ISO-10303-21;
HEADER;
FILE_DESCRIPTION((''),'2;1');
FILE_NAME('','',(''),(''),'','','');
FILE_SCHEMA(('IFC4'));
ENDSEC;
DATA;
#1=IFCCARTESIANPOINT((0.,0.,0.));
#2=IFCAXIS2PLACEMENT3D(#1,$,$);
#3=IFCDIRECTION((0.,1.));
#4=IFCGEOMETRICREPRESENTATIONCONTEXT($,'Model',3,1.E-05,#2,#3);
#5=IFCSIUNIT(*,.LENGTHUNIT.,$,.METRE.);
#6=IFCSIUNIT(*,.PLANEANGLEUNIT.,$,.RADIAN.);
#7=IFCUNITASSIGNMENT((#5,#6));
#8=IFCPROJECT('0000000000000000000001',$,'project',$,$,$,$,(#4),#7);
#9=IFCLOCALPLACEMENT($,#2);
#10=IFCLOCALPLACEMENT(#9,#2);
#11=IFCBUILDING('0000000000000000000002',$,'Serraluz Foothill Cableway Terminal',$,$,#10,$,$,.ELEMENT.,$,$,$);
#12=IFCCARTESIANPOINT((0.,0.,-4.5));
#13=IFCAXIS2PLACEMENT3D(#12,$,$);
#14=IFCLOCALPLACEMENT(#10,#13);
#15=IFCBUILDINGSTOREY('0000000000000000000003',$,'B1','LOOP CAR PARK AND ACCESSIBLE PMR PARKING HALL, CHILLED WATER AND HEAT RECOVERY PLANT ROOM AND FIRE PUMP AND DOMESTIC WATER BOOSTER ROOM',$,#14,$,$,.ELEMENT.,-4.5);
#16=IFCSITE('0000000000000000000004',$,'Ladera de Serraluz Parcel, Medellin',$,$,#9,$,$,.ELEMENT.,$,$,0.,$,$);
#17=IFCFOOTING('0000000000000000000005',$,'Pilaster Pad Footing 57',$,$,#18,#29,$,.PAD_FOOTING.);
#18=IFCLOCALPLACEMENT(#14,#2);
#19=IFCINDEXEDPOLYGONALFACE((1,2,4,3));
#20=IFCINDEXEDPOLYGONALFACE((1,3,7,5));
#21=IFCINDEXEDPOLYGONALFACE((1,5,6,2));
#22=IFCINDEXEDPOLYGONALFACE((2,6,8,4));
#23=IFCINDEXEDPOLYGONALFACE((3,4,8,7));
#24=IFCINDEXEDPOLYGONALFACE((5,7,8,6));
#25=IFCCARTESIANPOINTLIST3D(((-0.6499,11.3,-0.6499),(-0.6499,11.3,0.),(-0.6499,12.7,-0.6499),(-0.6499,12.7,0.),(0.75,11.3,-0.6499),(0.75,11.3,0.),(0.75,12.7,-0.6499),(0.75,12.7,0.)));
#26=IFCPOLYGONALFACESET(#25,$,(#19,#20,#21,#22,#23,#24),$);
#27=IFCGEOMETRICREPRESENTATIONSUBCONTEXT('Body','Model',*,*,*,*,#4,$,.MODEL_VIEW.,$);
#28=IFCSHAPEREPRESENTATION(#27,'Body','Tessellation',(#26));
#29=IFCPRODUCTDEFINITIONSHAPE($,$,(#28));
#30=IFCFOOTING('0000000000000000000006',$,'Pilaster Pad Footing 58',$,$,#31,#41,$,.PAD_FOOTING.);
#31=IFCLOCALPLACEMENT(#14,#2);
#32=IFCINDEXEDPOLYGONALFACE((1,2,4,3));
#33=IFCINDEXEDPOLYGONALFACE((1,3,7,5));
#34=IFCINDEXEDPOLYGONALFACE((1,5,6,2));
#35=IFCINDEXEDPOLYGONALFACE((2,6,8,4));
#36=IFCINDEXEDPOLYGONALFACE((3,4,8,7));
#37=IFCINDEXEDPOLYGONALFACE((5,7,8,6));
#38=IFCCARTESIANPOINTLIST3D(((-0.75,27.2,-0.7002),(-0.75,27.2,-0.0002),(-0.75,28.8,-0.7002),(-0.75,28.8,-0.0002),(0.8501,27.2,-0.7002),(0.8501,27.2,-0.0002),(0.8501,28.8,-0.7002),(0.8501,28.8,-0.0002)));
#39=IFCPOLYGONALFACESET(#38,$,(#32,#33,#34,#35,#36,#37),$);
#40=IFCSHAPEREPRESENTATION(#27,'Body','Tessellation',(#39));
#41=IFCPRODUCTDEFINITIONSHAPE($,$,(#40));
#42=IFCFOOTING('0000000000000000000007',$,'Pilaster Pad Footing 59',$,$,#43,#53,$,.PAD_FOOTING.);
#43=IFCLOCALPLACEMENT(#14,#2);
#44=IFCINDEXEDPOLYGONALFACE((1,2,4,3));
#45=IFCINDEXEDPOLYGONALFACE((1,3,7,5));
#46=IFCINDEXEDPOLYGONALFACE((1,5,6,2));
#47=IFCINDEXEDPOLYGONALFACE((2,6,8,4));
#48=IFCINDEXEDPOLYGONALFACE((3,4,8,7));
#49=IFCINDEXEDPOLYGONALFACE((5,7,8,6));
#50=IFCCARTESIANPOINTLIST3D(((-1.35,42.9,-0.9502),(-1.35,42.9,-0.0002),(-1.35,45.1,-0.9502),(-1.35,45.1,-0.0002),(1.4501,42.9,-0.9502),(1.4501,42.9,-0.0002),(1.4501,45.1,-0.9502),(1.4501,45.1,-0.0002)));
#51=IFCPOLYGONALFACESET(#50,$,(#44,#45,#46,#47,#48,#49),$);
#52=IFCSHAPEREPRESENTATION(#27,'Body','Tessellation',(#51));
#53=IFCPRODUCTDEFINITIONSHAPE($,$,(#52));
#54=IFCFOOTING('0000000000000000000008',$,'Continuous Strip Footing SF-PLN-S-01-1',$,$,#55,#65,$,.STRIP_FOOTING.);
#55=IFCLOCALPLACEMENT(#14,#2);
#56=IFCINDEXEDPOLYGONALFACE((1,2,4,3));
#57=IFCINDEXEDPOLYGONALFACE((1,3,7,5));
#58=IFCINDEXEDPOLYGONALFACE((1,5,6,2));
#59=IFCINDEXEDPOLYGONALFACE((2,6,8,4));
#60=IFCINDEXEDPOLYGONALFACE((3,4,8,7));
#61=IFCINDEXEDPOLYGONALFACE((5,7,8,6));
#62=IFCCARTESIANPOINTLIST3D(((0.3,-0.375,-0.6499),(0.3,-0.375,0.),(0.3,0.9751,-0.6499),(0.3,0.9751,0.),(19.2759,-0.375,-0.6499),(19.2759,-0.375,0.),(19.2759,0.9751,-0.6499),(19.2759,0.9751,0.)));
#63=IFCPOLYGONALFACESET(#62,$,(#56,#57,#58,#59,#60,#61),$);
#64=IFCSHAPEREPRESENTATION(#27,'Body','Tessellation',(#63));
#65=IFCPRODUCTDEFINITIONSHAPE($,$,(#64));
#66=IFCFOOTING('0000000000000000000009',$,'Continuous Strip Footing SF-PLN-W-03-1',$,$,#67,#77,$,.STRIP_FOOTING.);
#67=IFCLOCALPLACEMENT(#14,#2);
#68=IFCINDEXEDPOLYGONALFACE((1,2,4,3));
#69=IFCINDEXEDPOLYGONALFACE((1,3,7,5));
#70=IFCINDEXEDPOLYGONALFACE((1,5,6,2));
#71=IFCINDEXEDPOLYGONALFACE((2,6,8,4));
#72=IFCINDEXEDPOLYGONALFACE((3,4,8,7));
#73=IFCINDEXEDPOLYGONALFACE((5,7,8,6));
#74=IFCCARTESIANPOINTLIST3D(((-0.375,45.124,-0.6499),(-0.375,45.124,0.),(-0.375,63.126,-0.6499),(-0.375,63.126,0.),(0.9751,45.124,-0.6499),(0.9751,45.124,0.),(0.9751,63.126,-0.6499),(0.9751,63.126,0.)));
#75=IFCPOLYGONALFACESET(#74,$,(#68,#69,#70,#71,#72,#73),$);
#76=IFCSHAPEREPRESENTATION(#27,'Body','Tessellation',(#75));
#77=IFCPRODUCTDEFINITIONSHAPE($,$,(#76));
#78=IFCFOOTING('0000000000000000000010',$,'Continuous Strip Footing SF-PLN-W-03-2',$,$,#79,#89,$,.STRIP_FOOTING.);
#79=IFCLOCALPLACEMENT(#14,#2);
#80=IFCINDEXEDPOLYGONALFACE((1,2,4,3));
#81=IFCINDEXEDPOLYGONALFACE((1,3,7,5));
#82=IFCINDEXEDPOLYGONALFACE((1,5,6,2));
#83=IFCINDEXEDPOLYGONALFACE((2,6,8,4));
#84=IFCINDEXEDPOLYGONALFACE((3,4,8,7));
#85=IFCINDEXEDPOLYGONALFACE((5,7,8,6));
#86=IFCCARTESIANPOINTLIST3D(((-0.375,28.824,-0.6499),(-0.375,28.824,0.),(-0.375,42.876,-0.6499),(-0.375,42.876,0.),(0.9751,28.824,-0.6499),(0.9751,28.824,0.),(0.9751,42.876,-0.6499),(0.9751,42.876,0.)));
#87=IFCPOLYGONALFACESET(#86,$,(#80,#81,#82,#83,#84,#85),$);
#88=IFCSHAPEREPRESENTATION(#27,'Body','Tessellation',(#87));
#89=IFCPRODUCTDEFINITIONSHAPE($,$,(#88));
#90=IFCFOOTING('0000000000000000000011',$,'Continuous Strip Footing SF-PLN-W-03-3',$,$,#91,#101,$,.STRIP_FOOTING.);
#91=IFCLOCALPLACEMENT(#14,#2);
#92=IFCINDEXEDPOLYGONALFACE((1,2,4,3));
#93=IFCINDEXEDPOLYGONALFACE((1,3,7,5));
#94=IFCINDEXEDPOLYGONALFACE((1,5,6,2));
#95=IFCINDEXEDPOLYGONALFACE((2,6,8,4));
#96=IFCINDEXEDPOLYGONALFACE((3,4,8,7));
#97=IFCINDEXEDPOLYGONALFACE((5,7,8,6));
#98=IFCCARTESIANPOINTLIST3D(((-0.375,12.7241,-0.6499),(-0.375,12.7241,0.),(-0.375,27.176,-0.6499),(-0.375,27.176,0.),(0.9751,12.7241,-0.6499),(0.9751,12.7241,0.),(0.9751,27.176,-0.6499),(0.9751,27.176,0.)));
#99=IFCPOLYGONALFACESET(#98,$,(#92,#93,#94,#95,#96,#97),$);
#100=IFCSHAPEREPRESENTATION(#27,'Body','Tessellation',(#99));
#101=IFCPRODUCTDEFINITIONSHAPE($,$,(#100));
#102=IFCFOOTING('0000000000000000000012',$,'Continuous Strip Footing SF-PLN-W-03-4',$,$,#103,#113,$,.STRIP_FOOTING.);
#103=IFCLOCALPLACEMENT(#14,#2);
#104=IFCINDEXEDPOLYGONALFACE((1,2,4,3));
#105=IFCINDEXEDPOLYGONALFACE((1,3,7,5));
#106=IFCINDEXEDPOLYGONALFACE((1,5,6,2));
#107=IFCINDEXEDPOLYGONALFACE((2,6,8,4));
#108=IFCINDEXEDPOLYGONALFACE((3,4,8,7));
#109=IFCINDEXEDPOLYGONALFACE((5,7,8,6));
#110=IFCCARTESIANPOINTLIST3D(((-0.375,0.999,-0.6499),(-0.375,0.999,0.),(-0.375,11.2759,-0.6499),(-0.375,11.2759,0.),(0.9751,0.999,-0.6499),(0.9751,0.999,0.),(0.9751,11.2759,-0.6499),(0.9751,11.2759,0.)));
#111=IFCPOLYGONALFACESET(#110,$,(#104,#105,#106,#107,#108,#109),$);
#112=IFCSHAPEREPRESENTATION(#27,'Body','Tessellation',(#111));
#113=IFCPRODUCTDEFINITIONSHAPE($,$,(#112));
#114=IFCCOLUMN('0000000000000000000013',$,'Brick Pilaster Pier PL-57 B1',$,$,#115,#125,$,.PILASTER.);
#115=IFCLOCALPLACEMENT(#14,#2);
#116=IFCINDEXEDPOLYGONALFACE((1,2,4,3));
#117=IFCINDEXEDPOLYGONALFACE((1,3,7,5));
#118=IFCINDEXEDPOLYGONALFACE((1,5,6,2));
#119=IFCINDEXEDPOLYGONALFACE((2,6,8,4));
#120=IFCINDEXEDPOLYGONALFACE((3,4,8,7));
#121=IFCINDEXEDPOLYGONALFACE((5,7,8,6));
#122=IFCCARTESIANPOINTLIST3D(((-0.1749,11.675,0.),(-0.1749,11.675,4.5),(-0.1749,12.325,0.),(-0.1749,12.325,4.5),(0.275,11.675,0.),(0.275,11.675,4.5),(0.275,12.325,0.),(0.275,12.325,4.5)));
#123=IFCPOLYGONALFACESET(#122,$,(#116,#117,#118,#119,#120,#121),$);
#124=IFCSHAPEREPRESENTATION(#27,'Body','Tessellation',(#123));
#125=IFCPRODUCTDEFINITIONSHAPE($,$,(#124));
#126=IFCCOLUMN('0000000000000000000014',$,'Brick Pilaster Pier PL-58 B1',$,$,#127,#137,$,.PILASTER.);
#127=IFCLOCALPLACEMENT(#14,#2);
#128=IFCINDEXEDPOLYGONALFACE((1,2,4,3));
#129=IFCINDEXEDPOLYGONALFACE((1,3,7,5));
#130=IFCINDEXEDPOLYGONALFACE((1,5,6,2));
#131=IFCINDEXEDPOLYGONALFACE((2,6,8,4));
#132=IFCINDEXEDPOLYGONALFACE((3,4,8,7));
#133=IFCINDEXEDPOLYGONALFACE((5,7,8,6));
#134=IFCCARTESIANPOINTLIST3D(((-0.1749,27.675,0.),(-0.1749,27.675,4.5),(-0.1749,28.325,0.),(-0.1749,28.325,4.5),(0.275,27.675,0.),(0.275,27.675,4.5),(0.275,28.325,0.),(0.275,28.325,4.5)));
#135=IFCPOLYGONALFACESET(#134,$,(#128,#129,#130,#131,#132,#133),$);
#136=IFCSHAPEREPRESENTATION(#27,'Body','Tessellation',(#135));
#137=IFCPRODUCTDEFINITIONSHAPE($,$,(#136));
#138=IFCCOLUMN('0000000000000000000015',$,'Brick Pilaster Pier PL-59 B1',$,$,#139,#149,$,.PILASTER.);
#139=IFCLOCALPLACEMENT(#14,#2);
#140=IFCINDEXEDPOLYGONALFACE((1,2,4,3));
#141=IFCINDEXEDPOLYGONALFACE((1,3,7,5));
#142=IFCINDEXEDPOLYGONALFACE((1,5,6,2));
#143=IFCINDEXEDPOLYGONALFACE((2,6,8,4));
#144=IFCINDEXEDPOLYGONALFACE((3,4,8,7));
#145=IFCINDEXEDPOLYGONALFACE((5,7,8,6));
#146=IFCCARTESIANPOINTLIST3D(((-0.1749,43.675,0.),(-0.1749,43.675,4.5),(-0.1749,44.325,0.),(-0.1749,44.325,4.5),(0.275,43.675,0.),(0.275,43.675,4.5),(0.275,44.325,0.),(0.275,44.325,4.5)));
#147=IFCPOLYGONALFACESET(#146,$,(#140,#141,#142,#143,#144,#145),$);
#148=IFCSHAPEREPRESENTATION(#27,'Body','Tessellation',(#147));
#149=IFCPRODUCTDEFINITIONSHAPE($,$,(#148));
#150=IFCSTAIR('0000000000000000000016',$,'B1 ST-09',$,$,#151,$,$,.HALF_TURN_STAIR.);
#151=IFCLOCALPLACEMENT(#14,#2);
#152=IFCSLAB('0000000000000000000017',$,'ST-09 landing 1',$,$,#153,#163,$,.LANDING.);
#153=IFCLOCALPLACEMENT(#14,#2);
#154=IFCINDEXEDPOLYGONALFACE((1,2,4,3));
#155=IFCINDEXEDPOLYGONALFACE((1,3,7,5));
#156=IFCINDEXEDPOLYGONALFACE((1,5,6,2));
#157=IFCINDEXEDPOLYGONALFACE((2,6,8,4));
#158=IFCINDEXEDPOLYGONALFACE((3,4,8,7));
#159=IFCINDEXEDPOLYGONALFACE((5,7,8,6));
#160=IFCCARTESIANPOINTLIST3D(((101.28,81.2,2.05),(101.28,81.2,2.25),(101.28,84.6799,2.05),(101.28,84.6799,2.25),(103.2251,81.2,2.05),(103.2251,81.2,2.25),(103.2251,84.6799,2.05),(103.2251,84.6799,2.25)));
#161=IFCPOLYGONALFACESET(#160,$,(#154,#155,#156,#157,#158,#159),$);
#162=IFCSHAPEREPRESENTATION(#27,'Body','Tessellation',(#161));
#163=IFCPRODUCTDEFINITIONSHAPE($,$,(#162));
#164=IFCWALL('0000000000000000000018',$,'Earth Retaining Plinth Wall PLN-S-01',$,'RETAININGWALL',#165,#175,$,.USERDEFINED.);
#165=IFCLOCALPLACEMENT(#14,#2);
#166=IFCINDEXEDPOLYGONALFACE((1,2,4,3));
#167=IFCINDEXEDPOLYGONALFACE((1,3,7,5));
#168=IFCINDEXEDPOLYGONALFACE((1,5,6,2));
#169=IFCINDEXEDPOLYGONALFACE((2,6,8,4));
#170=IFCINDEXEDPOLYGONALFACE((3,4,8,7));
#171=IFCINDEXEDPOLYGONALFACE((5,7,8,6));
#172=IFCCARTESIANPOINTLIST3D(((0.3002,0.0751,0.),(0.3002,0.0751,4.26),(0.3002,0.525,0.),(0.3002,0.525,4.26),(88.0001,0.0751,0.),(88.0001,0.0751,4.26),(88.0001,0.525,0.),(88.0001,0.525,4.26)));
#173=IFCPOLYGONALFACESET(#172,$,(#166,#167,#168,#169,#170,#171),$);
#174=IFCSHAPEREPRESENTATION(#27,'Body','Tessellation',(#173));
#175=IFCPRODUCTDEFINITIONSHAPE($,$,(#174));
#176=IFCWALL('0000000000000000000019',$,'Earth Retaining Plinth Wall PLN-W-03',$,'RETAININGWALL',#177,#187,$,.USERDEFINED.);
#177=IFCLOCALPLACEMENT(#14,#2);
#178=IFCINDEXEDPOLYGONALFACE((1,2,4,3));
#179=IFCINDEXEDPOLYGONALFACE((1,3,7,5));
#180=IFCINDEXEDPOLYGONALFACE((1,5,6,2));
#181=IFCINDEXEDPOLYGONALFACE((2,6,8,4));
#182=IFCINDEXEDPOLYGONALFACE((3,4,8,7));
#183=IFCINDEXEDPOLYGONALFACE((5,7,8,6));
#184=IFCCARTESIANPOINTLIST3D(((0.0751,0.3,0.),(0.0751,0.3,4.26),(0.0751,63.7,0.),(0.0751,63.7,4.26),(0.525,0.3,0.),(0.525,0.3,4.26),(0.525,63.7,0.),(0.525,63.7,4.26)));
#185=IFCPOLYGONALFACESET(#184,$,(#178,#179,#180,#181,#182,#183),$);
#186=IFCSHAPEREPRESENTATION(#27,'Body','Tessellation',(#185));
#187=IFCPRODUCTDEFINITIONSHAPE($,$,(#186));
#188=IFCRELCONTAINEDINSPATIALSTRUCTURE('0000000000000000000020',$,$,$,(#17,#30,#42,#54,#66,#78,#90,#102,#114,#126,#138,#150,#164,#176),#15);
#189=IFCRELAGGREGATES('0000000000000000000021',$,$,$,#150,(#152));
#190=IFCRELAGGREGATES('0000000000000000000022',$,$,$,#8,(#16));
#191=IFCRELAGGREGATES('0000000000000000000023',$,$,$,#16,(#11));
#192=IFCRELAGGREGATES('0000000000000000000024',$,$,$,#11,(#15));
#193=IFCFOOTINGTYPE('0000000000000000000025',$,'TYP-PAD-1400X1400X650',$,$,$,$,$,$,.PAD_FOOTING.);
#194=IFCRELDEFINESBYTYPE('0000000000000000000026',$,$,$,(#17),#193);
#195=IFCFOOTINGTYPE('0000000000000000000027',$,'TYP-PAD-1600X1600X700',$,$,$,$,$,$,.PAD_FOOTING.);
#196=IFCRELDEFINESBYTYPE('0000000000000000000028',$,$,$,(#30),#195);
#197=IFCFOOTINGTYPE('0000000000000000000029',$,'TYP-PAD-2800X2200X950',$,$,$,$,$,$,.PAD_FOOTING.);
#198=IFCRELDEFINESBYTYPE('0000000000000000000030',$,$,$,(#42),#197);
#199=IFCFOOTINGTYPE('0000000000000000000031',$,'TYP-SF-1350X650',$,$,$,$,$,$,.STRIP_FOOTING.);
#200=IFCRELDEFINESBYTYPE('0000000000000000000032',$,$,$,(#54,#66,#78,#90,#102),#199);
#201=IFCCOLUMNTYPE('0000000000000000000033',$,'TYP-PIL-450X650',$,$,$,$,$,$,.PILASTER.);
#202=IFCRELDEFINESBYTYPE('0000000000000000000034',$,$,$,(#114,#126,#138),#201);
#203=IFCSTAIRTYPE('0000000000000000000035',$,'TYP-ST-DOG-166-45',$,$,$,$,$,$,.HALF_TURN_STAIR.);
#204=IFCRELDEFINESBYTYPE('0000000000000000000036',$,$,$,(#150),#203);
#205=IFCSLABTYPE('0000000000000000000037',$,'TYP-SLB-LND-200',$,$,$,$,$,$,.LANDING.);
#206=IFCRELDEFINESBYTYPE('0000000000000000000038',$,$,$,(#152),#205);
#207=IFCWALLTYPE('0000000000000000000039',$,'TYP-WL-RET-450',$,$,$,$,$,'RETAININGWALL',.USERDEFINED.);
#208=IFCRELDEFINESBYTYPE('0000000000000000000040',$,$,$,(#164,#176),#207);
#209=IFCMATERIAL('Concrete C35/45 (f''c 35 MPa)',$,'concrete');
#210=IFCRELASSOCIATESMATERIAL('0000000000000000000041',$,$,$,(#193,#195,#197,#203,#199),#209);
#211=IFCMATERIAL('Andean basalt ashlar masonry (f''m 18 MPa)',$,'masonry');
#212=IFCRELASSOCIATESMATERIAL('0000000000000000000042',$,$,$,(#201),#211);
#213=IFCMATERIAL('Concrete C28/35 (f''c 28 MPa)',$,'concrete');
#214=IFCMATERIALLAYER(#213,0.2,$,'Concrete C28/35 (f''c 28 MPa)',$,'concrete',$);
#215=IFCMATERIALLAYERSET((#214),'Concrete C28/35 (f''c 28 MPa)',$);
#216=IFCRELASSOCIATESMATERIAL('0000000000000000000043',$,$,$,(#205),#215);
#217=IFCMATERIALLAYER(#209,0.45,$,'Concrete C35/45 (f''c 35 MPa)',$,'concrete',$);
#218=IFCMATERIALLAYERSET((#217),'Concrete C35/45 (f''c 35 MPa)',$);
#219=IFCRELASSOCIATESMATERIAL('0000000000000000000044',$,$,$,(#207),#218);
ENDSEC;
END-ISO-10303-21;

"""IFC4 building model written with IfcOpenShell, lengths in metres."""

from ifc_helpers import new_model, si_unit, direction, frame, frame_2d, origin, origin_2d, place, context, subcontext, project, spatial, polyline, rectangle, outline, extrude, material, layer, layer_set, material_profile, profile_set, type_object, element, aggregate, save


model = new_model("IFC4")

# Units and contexts
model_context = context("Model", 3, precision=1e-05, world=origin(), true_north=direction((0.0, 1.0)))
body_context = subcontext(model_context, "Body", "Model", "MODEL_VIEW")
ifc_project = project(units=[si_unit("LENGTHUNIT", "METRE"), si_unit("PLANEANGLEUNIT", "RADIAN")], contexts=[model_context])

# Site, building, storey
site_placement = place(None, origin())
site = spatial("IfcSite", under=ifc_project, at=site_placement, Name="Ladera de Serraluz Parcel, Medellin", CompositionType="ELEMENT", RefElevation=0.0)
building_placement = place(site_placement, origin())
building = spatial("IfcBuilding", under=site, at=building_placement, Name="Serraluz Foothill Cableway Terminal", CompositionType="ELEMENT")
storey_placement = place(building_placement, frame((0.0, 0.0, -4.5)))
storey = spatial("IfcBuildingStorey", under=building, at=storey_placement, Name="B1", Description="LOOP CAR PARK AND ACCESSIBLE PMR PARKING HALL, CHILLED WATER AND HEAT RECOVERY PLANT ROOM AND FIRE PUMP AND DOMESTIC WATER BOOSTER ROOM", CompositionType="ELEMENT", Elevation=-4.5)

# Footings
ifc_material_1 = material(Name="Concrete C35/45 (f'c 35 MPa)", Category="concrete")
footing_type_1 = type_object("IfcFootingType", Name="TYP-PAD-1400X1400X650", PredefinedType="PAD_FOOTING", material=ifc_material_1)
footing_1_placement = place(storey_placement, frame((0.05, 12.0, -0.6499), z_axis=(0.0, 0.0, 1.0), x_axis=(1.0, 0.0, 0.0)))
element("IfcFooting", 1, at=footing_1_placement, inside=storey, type_object=footing_type_1, Name="Pilaster Pad Footing 57", PredefinedType="PAD_FOOTING", context=body_context, shape_type="SweptSolid", body=[
    extrude(rectangle(XDim=1.3999, YDim=1.3999, at=origin_2d()), origin(), (0.0, 0.0, 1.0), 0.6499),
])
footing_type_2 = type_object("IfcFootingType", Name="TYP-PAD-1600X1600X700", PredefinedType="PAD_FOOTING", material=ifc_material_1)
footing_2_placement = place(storey_placement, frame((0.05, 28.0, -0.7002), z_axis=(0.0, 0.0, 1.0), x_axis=(1.0, 0.0, 0.0)))
element("IfcFooting", 2, at=footing_2_placement, inside=storey, type_object=footing_type_2, Name="Pilaster Pad Footing 58", PredefinedType="PAD_FOOTING", context=body_context, shape_type="SweptSolid", body=[
    extrude(rectangle(XDim=1.6001, YDim=1.6001, at=origin_2d()), origin(), (0.0, 0.0, 1.0), 0.7),
])
footing_type_3 = type_object("IfcFootingType", Name="TYP-PAD-2800X2200X950", PredefinedType="PAD_FOOTING", material=ifc_material_1)
footing_3_placement = place(storey_placement, frame((0.05, 44.0, -0.9502), z_axis=(0.0, 0.0, 1.0), x_axis=(1.0, 0.0, 0.0)))
element("IfcFooting", 3, at=footing_3_placement, inside=storey, type_object=footing_type_3, Name="Pilaster Pad Footing 59", PredefinedType="PAD_FOOTING", context=body_context, shape_type="SweptSolid", body=[
    extrude(rectangle(XDim=2.8, YDim=2.2, at=origin_2d()), origin(), (0.0, 0.0, 1.0), 0.95),
])
ifc_material_profile_1 = material_profile(ifc_material_1, rectangle(XDim=1.3501, YDim=0.6499, at=origin_2d()), Name="SF 1350x650")
ifc_profile_set_1 = profile_set([ifc_material_profile_1], Name="Concrete C35/45 (f'c 35 MPa)")
footing_type_4 = type_object("IfcFootingType", Name="TYP-SF-1350X650", PredefinedType="STRIP_FOOTING", material=ifc_profile_set_1)
footing_4_placement = place(storey_placement, frame((0.3, 0.3, -0.325), z_axis=(1.0, 0.0, 0.0), x_axis=(0.0, 1.0, 0.0)))
element("IfcFooting", 4, at=footing_4_placement, inside=storey, type_object=footing_type_4, Name="Continuous Strip Footing SF-PLN-S-01-1", PredefinedType="STRIP_FOOTING", context=body_context, shape_type="SweptSolid", body=[
    extrude(rectangle(XDim=1.3501, YDim=0.6499, at=origin_2d()), origin(), (0.0, 0.0, 1.0), 18.9758),
])
footing_5_placement = place(storey_placement, frame((0.3, 63.126, -0.325), z_axis=(0.0, -1.0, 0.0), x_axis=(1.0, 0.0, 0.0)))
element("IfcFooting", 5, at=footing_5_placement, inside=storey, type_object=footing_type_4, Name="Continuous Strip Footing SF-PLN-W-03-1", PredefinedType="STRIP_FOOTING", context=body_context, shape_type="SweptSolid", body=[
    extrude(rectangle(XDim=1.3501, YDim=0.6499, at=origin_2d()), origin(), (0.0, 0.0, 1.0), 18.002),
])
footing_6_placement = place(storey_placement, frame((0.3, 42.876, -0.325), z_axis=(0.0, -1.0, 0.0), x_axis=(1.0, 0.0, 0.0)))
element("IfcFooting", 6, at=footing_6_placement, inside=storey, type_object=footing_type_4, Name="Continuous Strip Footing SF-PLN-W-03-2", PredefinedType="STRIP_FOOTING", context=body_context, shape_type="SweptSolid", body=[
    extrude(rectangle(XDim=1.3501, YDim=0.6499, at=origin_2d()), origin(), (0.0, 0.0, 1.0), 14.052),
])
footing_7_placement = place(storey_placement, frame((0.3, 27.176, -0.325), z_axis=(0.0, -1.0, 0.0), x_axis=(1.0, 0.0, 0.0)))
element("IfcFooting", 7, at=footing_7_placement, inside=storey, type_object=footing_type_4, Name="Continuous Strip Footing SF-PLN-W-03-3", PredefinedType="STRIP_FOOTING", context=body_context, shape_type="SweptSolid", body=[
    extrude(rectangle(XDim=1.3501, YDim=0.6499, at=origin_2d()), origin(), (0.0, 0.0, 1.0), 14.4519),
])
footing_8_placement = place(storey_placement, frame((0.3, 11.2759, -0.325), z_axis=(0.0, -1.0, 0.0), x_axis=(1.0, 0.0, 0.0)))
element("IfcFooting", 8, at=footing_8_placement, inside=storey, type_object=footing_type_4, Name="Continuous Strip Footing SF-PLN-W-03-4", PredefinedType="STRIP_FOOTING", context=body_context, shape_type="SweptSolid", body=[
    extrude(rectangle(XDim=1.3501, YDim=0.6499, at=origin_2d()), origin(), (0.0, 0.0, 1.0), 10.2769),
])

# Columns
ifc_material_2 = material(Name="Andean basalt ashlar masonry (f'm 18 MPa)", Category="masonry")
ifc_material_profile_2 = material_profile(ifc_material_2, rectangle(XDim=0.45, YDim=0.6499, at=origin_2d()), Name="PIL 450x650")
ifc_profile_set_2 = profile_set([ifc_material_profile_2], Name="Andean basalt ashlar masonry (f'm 18 MPa)")
column_type = type_object("IfcColumnType", Name="TYP-PIL-450X650", PredefinedType="PILASTER", material=ifc_profile_set_2)
for number, where, z_axis, x_axis, name in (
    (9, (0.05, 12.0, 0.0), (0.0, 0.0, 1.0), (1.0, 0.0, 0.0), "Brick Pilaster Pier PL-57 B1"),
    (10, (0.05, 28.0, 0.0), (0.0, 0.0, 1.0), (1.0, 0.0, 0.0), "Brick Pilaster Pier PL-58 B1"),
    (11, (0.05, 44.0, 0.0), (0.0, 0.0, 1.0), (1.0, 0.0, 0.0), "Brick Pilaster Pier PL-59 B1"),
):
    element("IfcColumn", number, at=place(storey_placement, frame(where, z_axis=z_axis, x_axis=x_axis)), inside=storey, type_object=column_type, Name=name, PredefinedType="PILASTER", context=body_context, shape_type="SweptSolid", body=[
        extrude(rectangle(XDim=0.45, YDim=0.6499, at=origin_2d()), origin(), (0.0, 0.0, 1.0), 4.5),
    ])

# Stair, slab
stair_type = type_object("IfcStairType", Name="TYP-ST-DOG-166-45", PredefinedType="HALF_TURN_STAIR", material=ifc_material_1)
stair_placement = place(storey_placement, origin())
stair = element("IfcStair", 12, at=stair_placement, inside=storey, type_object=stair_type, Name="B1 ST-09", PredefinedType="HALF_TURN_STAIR")
ifc_material_3 = material(Name="Concrete C28/35 (f'c 28 MPa)", Category="concrete")
ifc_layer_1 = layer(ifc_material_3, 0.2, Name="Concrete C28/35 (f'c 28 MPa)", Category="concrete")
ifc_layer_set_1 = layer_set([ifc_layer_1], Name="Concrete C28/35 (f'c 28 MPa)")
slab_type = type_object("IfcSlabType", Name="TYP-SLB-LND-200", PredefinedType="LANDING", material=ifc_layer_set_1)
slab_placement = place(storey_placement, frame((0.0, 0.0, 2.05)))
slab = element("IfcSlab", 13, at=slab_placement, type_object=slab_type, Name="ST-09 landing 1", PredefinedType="LANDING", context=body_context, shape_type="SweptSolid", body=[
    extrude(outline(polyline([(101.28, 81.2), (103.2251, 81.2), (103.2251, 84.6799), (101.28, 84.6799), (101.28, 81.2)])), origin(), (0.0, 0.0, 1.0), 0.2),
])
aggregate(stair, [slab])

# Walls
ifc_layer_2 = layer(ifc_material_1, 0.45, Name="Concrete C35/45 (f'c 35 MPa)", Category="concrete")
ifc_layer_set_2 = layer_set([ifc_layer_2], Name="Concrete C35/45 (f'c 35 MPa)")
wall_type = type_object("IfcWallType", Name="TYP-WL-RET-450", ElementType="RETAININGWALL", PredefinedType="USERDEFINED", material=ifc_layer_set_2)
wall_1_placement = place(storey_placement, frame((0.3, 0.3, 0.0), z_axis=(0.0, 0.0, 1.0), x_axis=(1.0, 0.0, 0.0)))
element("IfcWall", 14, at=wall_1_placement, inside=storey, type_object=wall_type, Name="Earth Retaining Plinth Wall PLN-S-01", ObjectType="RETAININGWALL", PredefinedType="USERDEFINED", context=body_context, shape_type="SweptSolid", body=[
    extrude(rectangle(XDim=87.7, YDim=0.45, at=frame_2d((43.8501, 0.0))), origin(), (0.0, 0.0, 1.0), 4.26),
])
wall_2_placement = place(storey_placement, frame((0.3, 63.7, 0.0), z_axis=(0.0, 0.0, 1.0), x_axis=(0.0, -1.0, 0.0)))
element("IfcWall", 15, at=wall_2_placement, inside=storey, type_object=wall_type, Name="Earth Retaining Plinth Wall PLN-W-03", ObjectType="RETAININGWALL", PredefinedType="USERDEFINED", context=body_context, shape_type="SweptSolid", body=[
    extrude(rectangle(XDim=63.3999, YDim=0.45, at=frame_2d((31.7, 0.0))), origin(), (0.0, 0.0, 1.0), 4.26),
])

save(model, "model.ifc")
